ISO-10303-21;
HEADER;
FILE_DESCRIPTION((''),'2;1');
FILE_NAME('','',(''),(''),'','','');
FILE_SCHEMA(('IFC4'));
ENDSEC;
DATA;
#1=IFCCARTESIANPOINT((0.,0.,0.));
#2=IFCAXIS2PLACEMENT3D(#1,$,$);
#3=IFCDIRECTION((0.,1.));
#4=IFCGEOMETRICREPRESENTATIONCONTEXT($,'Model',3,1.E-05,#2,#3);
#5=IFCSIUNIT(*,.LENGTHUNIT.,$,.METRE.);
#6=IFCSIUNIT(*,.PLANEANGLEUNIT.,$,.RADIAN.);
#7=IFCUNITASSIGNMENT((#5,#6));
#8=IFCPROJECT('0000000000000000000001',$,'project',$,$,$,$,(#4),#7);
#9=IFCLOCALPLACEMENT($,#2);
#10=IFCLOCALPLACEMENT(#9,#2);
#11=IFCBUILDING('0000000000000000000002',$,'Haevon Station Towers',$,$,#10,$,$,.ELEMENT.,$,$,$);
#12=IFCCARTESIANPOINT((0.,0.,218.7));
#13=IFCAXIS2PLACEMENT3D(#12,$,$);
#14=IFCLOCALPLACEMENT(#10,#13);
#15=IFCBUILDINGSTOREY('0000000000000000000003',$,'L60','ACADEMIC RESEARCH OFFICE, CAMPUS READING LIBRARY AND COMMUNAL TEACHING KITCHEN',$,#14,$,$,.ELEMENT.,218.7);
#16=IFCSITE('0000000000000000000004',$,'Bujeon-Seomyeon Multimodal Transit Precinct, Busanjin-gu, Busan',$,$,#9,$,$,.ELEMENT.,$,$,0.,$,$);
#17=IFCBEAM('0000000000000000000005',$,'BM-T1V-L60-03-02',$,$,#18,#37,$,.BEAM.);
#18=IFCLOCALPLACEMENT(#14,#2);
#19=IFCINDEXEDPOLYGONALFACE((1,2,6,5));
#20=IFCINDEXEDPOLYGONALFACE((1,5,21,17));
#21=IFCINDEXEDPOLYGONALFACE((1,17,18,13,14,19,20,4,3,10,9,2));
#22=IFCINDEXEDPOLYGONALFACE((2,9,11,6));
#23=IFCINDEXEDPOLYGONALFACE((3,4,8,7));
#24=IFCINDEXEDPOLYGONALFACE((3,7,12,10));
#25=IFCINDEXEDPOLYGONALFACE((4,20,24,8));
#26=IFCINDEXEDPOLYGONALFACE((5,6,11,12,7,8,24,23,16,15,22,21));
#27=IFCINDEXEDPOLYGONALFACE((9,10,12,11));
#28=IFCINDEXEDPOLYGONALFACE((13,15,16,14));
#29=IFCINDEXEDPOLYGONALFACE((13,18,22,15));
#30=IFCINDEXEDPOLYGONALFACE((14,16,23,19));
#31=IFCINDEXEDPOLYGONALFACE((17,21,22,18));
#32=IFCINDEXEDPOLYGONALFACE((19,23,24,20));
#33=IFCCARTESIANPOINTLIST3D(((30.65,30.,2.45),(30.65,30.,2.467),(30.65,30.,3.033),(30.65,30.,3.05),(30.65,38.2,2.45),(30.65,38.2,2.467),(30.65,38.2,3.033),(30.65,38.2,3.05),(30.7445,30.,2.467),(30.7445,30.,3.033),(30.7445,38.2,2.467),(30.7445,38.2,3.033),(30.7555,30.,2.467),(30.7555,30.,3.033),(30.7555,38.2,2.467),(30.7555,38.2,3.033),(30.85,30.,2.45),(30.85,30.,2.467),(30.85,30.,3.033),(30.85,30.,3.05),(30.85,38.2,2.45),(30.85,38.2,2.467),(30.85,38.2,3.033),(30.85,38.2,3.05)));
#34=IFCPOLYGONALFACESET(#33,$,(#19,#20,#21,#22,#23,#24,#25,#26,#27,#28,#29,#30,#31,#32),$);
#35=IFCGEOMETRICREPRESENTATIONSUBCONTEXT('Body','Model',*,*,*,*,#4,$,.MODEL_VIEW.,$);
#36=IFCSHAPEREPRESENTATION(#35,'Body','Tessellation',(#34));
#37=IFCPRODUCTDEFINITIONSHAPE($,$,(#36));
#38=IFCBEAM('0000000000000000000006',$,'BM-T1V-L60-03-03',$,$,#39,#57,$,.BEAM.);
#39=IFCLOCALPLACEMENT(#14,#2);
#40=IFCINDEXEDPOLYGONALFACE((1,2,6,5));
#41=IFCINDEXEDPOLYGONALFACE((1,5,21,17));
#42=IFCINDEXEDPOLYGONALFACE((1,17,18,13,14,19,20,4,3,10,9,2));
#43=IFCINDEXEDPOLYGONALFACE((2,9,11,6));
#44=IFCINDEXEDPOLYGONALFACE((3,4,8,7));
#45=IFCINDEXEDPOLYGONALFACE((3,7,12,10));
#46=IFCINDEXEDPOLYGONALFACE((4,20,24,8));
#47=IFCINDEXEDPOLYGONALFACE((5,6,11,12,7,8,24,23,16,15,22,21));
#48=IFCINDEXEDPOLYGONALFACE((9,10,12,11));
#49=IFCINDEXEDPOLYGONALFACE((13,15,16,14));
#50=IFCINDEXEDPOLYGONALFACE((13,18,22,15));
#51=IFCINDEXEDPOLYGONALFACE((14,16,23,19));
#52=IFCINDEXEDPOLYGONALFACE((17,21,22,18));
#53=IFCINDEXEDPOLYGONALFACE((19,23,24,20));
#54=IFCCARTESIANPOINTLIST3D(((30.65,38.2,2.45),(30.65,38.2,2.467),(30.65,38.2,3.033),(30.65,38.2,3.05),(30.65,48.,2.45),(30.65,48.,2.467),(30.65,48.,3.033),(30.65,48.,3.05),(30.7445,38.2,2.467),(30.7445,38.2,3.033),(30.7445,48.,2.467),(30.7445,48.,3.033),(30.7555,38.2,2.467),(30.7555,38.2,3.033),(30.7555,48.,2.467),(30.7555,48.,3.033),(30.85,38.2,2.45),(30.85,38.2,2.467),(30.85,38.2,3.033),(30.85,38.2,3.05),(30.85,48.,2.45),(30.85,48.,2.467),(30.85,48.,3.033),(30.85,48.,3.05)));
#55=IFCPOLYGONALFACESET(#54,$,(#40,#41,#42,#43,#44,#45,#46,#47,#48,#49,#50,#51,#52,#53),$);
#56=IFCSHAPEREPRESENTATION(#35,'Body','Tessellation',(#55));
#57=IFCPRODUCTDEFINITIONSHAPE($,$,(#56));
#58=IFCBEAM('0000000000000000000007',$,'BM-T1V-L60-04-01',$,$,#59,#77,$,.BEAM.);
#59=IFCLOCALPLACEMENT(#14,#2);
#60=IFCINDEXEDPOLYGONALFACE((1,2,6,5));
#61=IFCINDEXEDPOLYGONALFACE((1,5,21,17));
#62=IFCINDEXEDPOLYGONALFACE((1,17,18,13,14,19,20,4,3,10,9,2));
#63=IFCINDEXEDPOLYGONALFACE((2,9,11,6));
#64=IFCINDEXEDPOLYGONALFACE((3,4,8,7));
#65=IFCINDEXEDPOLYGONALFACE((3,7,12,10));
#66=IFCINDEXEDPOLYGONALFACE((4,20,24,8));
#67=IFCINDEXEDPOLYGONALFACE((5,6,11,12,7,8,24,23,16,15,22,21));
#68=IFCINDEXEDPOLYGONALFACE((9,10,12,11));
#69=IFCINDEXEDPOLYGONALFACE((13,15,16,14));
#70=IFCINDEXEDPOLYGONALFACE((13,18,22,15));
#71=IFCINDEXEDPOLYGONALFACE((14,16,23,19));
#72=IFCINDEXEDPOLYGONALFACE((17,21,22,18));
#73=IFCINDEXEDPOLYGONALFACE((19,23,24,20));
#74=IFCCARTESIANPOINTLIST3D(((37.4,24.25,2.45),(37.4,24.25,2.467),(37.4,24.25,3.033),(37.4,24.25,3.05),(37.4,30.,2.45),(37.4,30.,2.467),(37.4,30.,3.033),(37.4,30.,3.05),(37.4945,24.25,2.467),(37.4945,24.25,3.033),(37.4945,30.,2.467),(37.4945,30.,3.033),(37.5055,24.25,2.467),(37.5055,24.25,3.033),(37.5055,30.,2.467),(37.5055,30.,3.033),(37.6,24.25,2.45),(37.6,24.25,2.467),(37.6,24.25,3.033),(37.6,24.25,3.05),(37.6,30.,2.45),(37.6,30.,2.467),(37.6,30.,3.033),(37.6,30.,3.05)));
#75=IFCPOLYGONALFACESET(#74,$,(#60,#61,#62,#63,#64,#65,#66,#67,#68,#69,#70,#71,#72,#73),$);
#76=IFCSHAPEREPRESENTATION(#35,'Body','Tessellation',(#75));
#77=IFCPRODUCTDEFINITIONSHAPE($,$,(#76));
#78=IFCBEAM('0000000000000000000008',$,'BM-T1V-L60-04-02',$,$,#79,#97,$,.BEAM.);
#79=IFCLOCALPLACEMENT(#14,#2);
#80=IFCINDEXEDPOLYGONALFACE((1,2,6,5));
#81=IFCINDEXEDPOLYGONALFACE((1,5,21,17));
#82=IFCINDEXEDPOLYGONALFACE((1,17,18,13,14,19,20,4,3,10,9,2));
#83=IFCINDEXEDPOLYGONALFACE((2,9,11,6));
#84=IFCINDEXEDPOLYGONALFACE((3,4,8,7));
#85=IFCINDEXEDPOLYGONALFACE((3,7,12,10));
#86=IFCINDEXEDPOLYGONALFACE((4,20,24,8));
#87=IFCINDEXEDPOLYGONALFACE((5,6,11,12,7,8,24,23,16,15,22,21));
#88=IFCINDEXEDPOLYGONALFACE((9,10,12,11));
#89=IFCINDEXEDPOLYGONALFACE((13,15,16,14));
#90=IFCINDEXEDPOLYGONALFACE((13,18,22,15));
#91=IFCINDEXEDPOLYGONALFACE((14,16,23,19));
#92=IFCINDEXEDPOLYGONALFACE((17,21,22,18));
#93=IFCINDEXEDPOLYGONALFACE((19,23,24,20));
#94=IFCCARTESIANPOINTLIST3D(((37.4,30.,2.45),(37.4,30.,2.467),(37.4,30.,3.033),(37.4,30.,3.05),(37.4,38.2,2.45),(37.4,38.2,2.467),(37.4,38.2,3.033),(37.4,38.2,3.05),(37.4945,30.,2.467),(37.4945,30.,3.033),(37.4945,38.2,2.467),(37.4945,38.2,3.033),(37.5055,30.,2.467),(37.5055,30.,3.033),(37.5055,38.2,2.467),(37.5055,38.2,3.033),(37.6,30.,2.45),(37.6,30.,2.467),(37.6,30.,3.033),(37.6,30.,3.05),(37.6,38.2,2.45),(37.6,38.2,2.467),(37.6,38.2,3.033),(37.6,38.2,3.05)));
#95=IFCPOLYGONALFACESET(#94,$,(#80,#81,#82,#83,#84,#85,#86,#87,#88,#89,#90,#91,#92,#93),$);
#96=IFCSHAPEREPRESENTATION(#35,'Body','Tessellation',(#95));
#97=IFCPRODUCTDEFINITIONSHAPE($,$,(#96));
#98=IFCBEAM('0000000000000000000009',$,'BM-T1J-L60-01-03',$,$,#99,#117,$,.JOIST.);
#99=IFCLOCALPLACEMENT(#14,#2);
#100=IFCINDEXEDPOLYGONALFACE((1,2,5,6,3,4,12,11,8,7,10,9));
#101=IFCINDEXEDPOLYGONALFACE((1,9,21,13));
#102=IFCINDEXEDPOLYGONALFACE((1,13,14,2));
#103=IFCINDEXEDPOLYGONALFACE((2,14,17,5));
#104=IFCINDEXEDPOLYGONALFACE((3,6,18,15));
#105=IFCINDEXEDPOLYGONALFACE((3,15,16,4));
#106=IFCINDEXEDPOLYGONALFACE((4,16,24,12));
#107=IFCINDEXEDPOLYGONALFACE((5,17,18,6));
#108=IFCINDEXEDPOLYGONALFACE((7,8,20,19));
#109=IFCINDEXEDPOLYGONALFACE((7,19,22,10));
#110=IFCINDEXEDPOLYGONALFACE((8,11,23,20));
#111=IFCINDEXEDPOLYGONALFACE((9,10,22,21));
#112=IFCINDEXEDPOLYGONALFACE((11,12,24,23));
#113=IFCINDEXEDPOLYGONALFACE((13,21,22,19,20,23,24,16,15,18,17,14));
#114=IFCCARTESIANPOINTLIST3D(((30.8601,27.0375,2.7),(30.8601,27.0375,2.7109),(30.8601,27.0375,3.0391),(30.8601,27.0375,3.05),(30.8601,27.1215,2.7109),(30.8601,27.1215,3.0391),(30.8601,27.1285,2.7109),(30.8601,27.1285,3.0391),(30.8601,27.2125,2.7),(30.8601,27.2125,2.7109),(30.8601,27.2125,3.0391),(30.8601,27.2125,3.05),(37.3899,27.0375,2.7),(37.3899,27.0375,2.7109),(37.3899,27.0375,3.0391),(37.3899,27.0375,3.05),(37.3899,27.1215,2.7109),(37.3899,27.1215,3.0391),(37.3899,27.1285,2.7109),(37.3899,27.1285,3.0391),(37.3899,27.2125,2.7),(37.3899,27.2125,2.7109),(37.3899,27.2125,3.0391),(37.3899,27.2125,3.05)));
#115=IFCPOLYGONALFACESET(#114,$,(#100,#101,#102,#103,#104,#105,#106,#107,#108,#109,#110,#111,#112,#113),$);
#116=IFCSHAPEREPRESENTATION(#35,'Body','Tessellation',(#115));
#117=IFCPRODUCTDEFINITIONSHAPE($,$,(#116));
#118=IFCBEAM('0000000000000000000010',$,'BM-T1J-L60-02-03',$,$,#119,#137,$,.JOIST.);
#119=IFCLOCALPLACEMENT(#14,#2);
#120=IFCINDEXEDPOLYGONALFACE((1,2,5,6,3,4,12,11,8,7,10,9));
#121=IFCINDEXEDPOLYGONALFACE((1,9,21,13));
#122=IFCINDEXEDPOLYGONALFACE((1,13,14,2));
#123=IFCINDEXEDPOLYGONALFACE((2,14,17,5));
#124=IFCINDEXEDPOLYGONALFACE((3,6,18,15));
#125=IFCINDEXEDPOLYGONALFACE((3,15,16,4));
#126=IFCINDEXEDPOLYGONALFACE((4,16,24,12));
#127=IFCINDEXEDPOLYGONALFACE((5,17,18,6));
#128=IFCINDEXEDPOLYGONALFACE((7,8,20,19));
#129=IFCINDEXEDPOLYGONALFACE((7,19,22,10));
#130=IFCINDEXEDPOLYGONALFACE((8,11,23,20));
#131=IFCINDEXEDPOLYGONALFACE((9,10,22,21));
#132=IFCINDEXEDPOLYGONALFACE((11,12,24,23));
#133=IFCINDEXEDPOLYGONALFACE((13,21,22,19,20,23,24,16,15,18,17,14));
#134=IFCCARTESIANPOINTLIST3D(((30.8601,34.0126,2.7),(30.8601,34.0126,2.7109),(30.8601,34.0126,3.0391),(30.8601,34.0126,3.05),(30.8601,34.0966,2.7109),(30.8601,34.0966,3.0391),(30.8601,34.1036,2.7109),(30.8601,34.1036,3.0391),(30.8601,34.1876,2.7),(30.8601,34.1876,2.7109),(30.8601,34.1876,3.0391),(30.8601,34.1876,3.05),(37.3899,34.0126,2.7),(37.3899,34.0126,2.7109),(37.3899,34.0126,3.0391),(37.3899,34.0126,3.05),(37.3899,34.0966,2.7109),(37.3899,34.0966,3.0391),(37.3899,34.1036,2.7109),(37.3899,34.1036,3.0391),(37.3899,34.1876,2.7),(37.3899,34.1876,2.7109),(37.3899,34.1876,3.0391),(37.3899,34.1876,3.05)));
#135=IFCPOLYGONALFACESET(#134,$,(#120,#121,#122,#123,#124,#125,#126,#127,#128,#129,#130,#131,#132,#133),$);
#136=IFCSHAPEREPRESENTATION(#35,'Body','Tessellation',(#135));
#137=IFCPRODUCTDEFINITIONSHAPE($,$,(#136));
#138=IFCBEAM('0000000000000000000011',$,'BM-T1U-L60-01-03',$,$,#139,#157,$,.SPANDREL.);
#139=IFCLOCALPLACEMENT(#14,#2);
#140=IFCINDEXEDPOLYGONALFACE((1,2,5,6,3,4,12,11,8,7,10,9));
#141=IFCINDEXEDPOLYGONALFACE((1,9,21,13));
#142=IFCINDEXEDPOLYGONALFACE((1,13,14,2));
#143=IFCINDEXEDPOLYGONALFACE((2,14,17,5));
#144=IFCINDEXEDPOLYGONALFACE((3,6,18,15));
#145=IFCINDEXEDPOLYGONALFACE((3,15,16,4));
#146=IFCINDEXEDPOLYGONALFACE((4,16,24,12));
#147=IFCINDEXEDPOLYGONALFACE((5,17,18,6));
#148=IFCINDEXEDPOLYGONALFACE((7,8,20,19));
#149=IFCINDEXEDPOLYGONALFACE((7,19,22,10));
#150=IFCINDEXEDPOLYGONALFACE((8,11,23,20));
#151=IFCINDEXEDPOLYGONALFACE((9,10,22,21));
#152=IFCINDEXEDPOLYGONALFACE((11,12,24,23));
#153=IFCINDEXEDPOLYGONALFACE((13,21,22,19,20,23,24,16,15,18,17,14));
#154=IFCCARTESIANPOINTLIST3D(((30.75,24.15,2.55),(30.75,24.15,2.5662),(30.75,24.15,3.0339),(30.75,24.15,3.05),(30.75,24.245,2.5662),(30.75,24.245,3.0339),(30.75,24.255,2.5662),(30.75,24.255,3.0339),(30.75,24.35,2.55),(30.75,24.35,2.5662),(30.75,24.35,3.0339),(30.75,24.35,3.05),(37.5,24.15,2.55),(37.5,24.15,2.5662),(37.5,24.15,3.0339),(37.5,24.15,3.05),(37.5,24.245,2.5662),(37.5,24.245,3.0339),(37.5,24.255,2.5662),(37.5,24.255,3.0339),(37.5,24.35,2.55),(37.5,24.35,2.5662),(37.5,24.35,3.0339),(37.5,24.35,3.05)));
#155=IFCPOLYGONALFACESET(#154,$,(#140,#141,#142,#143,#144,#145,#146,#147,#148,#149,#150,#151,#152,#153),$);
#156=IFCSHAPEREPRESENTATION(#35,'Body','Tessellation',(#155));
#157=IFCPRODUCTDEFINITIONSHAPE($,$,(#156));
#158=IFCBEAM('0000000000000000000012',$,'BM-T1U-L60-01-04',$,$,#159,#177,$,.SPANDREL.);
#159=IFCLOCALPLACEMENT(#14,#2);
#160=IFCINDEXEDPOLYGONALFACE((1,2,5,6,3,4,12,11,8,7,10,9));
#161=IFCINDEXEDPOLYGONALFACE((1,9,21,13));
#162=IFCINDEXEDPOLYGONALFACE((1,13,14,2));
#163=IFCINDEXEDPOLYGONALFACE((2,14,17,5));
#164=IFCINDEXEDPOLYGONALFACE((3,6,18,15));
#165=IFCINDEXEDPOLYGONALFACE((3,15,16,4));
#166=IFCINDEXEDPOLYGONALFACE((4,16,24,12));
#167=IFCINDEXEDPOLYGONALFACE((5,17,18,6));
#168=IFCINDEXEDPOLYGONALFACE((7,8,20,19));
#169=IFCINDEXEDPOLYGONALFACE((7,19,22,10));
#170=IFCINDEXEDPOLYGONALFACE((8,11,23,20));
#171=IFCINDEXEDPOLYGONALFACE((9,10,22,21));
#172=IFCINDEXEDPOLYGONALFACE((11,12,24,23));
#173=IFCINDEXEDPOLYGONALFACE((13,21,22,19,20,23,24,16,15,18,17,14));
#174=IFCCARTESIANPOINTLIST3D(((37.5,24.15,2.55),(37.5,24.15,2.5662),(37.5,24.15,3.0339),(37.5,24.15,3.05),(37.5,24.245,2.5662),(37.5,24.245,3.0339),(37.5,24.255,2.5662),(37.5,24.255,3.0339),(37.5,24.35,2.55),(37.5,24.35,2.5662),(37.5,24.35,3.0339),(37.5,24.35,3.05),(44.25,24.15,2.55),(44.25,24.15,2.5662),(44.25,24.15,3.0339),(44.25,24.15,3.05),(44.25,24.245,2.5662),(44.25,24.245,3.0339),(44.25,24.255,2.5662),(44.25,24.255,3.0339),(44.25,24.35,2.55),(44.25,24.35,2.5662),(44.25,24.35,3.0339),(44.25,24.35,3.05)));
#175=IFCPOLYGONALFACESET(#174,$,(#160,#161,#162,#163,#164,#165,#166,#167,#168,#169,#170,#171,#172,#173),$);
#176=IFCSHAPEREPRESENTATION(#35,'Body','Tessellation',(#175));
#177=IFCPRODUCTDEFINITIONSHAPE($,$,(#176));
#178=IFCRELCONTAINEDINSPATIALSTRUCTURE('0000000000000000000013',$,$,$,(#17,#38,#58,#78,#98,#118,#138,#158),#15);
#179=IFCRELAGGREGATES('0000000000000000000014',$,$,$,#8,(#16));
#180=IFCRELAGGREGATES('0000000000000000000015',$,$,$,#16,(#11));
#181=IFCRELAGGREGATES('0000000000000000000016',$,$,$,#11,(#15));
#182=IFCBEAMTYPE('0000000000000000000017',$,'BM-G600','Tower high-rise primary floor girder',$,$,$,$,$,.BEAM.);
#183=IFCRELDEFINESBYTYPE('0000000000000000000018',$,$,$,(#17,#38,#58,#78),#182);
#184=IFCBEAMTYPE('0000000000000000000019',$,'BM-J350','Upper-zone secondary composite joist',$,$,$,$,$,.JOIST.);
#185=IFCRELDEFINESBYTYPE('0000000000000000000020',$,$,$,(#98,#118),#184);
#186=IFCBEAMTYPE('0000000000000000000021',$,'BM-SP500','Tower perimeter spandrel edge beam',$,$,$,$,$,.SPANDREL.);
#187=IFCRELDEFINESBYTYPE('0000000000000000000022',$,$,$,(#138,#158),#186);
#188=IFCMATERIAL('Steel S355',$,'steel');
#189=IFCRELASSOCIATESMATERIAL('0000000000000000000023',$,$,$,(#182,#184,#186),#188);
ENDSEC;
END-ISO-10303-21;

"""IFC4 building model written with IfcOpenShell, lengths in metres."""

from ifc_helpers import new_model, si_unit, direction, frame, origin, origin_2d, place, context, subcontext, project, spatial, i_section, extrude, material, material_profile, profile_set, type_object, element, save


model = new_model("IFC4")

# Units and contexts
model_context = context("Model", 3, precision=1e-05, world=origin(), true_north=direction((0.0, 1.0)))
body_context = subcontext(model_context, "Body", "Model", "MODEL_VIEW")
ifc_project = project(units=[si_unit("LENGTHUNIT", "METRE"), si_unit("PLANEANGLEUNIT", "RADIAN")], contexts=[model_context])

# Site, building, storey
site_placement = place(None, origin())
site = spatial("IfcSite", under=ifc_project, at=site_placement, Name="Bujeon-Seomyeon Multimodal Transit Precinct, Busanjin-gu, Busan", CompositionType="ELEMENT", RefElevation=0.0)
building_placement = place(site_placement, origin())
building = spatial("IfcBuilding", under=site, at=building_placement, Name="Haevon Station Towers", CompositionType="ELEMENT")
storey_placement = place(building_placement, frame((0.0, 0.0, 218.7)))
storey = spatial("IfcBuildingStorey", under=building, at=storey_placement, Name="L60", Description="ACADEMIC RESEARCH OFFICE, CAMPUS READING LIBRARY AND COMMUNAL TEACHING KITCHEN", CompositionType="ELEMENT", Elevation=218.7)

# Shared definitions
ifc_material_1 = material(Name="Steel S355", Category="steel")

# Beams
ifc_material_profile_1 = material_profile(ifc_material_1, i_section(OverallWidth=0.2, OverallDepth=0.6001, WebThickness=0.011, FlangeThickness=0.0171, at=origin_2d()), Name="H-600x200x11x17")
ifc_profile_set_1 = profile_set([ifc_material_profile_1], Name="Steel S355")
beam_type_1 = type_object("IfcBeamType", Name="BM-G600", Description="Tower high-rise primary floor girder", PredefinedType="BEAM", material=ifc_profile_set_1)
beam_1_placement = place(storey_placement, frame((30.75, 30.0, 2.75), z_axis=(0.0, 1.0, 0.0), x_axis=(-1.0, 0.0, 0.0)))
element("IfcBeam", 1, at=beam_1_placement, inside=storey, type_object=beam_type_1, Name="BM-T1V-L60-03-02", PredefinedType="BEAM", context=body_context, shape_type="SweptSolid", body=[
    extrude(i_section(OverallWidth=0.2, OverallDepth=0.6001, WebThickness=0.011, FlangeThickness=0.0171, at=origin_2d()), origin(), (0.0, 0.0, 1.0), 8.2),
])
beam_2_placement = place(storey_placement, frame((30.75, 38.2, 2.75), z_axis=(0.0, 1.0, 0.0), x_axis=(-1.0, 0.0, 0.0)))
element("IfcBeam", 2, at=beam_2_placement, inside=storey, type_object=beam_type_1, Name="BM-T1V-L60-03-03", PredefinedType="BEAM", context=body_context, shape_type="SweptSolid", body=[
    extrude(i_section(OverallWidth=0.2, OverallDepth=0.6001, WebThickness=0.011, FlangeThickness=0.0171, at=origin_2d()), origin(), (0.0, 0.0, 1.0), 9.8),
])
beam_3_placement = place(storey_placement, frame((37.5, 24.25, 2.75), z_axis=(0.0, 1.0, 0.0), x_axis=(-1.0, 0.0, 0.0)))
element("IfcBeam", 3, at=beam_3_placement, inside=storey, type_object=beam_type_1, Name="BM-T1V-L60-04-01", PredefinedType="BEAM", context=body_context, shape_type="SweptSolid", body=[
    extrude(i_section(OverallWidth=0.2, OverallDepth=0.6001, WebThickness=0.011, FlangeThickness=0.0171, at=origin_2d()), origin(), (0.0, 0.0, 1.0), 5.75),
])
beam_4_placement = place(storey_placement, frame((37.5, 30.0, 2.75), z_axis=(0.0, 1.0, 0.0), x_axis=(-1.0, 0.0, 0.0)))
element("IfcBeam", 4, at=beam_4_placement, inside=storey, type_object=beam_type_1, Name="BM-T1V-L60-04-02", PredefinedType="BEAM", context=body_context, shape_type="SweptSolid", body=[
    extrude(i_section(OverallWidth=0.2, OverallDepth=0.6001, WebThickness=0.011, FlangeThickness=0.0171, at=origin_2d()), origin(), (0.0, 0.0, 1.0), 8.2),
])
ifc_material_profile_2 = material_profile(ifc_material_1, i_section(OverallWidth=0.175, OverallDepth=0.3501, WebThickness=0.0071, FlangeThickness=0.011, at=origin_2d()), Name="H-350x175x7x11")
ifc_profile_set_2 = profile_set([ifc_material_profile_2], Name="Steel S355")
beam_type_2 = type_object("IfcBeamType", Name="BM-J350", Description="Upper-zone secondary composite joist", PredefinedType="JOIST", material=ifc_profile_set_2)
for number, where, z_axis, x_axis, name in (
    (5, (30.8601, 27.125, 2.875), (1.0, 0.0, 0.0), (0.0, 1.0, 0.0), "BM-T1J-L60-01-03"),
    (6, (30.8601, 34.1001, 2.875), (1.0, 0.0, 0.0), (0.0, 1.0, 0.0), "BM-T1J-L60-02-03"),
):
    element("IfcBeam", number, at=place(storey_placement, frame(where, z_axis=z_axis, x_axis=x_axis)), inside=storey, type_object=beam_type_2, Name=name, PredefinedType="JOIST", context=body_context, shape_type="SweptSolid", body=[
        extrude(i_section(OverallWidth=0.175, OverallDepth=0.3501, WebThickness=0.0071, FlangeThickness=0.011, at=origin_2d()), origin(), (0.0, 0.0, 1.0), 6.5298),
    ])
ifc_material_profile_3 = material_profile(ifc_material_1, i_section(OverallWidth=0.2, OverallDepth=0.5, WebThickness=0.01, FlangeThickness=0.0161, at=origin_2d()), Name="H-500x200x10x16")
ifc_profile_set_3 = profile_set([ifc_material_profile_3], Name="Steel S355")
beam_type_3 = type_object("IfcBeamType", Name="BM-SP500", Description="Tower perimeter spandrel edge beam", PredefinedType="SPANDREL", material=ifc_profile_set_3)
for number, where, z_axis, x_axis, name in (
    (7, (30.75, 24.25, 2.8), (1.0, 0.0, 0.0), (0.0, 1.0, 0.0), "BM-T1U-L60-01-03"),
    (8, (37.5, 24.25, 2.8), (1.0, 0.0, 0.0), (0.0, 1.0, 0.0), "BM-T1U-L60-01-04"),
):
    element("IfcBeam", number, at=place(storey_placement, frame(where, z_axis=z_axis, x_axis=x_axis)), inside=storey, type_object=beam_type_3, Name=name, PredefinedType="SPANDREL", context=body_context, shape_type="SweptSolid", body=[
        extrude(i_section(OverallWidth=0.2, OverallDepth=0.5, WebThickness=0.01, FlangeThickness=0.0161, at=origin_2d()), origin(), (0.0, 0.0, 1.0), 6.75),
    ])

save(model, "model.ifc")
